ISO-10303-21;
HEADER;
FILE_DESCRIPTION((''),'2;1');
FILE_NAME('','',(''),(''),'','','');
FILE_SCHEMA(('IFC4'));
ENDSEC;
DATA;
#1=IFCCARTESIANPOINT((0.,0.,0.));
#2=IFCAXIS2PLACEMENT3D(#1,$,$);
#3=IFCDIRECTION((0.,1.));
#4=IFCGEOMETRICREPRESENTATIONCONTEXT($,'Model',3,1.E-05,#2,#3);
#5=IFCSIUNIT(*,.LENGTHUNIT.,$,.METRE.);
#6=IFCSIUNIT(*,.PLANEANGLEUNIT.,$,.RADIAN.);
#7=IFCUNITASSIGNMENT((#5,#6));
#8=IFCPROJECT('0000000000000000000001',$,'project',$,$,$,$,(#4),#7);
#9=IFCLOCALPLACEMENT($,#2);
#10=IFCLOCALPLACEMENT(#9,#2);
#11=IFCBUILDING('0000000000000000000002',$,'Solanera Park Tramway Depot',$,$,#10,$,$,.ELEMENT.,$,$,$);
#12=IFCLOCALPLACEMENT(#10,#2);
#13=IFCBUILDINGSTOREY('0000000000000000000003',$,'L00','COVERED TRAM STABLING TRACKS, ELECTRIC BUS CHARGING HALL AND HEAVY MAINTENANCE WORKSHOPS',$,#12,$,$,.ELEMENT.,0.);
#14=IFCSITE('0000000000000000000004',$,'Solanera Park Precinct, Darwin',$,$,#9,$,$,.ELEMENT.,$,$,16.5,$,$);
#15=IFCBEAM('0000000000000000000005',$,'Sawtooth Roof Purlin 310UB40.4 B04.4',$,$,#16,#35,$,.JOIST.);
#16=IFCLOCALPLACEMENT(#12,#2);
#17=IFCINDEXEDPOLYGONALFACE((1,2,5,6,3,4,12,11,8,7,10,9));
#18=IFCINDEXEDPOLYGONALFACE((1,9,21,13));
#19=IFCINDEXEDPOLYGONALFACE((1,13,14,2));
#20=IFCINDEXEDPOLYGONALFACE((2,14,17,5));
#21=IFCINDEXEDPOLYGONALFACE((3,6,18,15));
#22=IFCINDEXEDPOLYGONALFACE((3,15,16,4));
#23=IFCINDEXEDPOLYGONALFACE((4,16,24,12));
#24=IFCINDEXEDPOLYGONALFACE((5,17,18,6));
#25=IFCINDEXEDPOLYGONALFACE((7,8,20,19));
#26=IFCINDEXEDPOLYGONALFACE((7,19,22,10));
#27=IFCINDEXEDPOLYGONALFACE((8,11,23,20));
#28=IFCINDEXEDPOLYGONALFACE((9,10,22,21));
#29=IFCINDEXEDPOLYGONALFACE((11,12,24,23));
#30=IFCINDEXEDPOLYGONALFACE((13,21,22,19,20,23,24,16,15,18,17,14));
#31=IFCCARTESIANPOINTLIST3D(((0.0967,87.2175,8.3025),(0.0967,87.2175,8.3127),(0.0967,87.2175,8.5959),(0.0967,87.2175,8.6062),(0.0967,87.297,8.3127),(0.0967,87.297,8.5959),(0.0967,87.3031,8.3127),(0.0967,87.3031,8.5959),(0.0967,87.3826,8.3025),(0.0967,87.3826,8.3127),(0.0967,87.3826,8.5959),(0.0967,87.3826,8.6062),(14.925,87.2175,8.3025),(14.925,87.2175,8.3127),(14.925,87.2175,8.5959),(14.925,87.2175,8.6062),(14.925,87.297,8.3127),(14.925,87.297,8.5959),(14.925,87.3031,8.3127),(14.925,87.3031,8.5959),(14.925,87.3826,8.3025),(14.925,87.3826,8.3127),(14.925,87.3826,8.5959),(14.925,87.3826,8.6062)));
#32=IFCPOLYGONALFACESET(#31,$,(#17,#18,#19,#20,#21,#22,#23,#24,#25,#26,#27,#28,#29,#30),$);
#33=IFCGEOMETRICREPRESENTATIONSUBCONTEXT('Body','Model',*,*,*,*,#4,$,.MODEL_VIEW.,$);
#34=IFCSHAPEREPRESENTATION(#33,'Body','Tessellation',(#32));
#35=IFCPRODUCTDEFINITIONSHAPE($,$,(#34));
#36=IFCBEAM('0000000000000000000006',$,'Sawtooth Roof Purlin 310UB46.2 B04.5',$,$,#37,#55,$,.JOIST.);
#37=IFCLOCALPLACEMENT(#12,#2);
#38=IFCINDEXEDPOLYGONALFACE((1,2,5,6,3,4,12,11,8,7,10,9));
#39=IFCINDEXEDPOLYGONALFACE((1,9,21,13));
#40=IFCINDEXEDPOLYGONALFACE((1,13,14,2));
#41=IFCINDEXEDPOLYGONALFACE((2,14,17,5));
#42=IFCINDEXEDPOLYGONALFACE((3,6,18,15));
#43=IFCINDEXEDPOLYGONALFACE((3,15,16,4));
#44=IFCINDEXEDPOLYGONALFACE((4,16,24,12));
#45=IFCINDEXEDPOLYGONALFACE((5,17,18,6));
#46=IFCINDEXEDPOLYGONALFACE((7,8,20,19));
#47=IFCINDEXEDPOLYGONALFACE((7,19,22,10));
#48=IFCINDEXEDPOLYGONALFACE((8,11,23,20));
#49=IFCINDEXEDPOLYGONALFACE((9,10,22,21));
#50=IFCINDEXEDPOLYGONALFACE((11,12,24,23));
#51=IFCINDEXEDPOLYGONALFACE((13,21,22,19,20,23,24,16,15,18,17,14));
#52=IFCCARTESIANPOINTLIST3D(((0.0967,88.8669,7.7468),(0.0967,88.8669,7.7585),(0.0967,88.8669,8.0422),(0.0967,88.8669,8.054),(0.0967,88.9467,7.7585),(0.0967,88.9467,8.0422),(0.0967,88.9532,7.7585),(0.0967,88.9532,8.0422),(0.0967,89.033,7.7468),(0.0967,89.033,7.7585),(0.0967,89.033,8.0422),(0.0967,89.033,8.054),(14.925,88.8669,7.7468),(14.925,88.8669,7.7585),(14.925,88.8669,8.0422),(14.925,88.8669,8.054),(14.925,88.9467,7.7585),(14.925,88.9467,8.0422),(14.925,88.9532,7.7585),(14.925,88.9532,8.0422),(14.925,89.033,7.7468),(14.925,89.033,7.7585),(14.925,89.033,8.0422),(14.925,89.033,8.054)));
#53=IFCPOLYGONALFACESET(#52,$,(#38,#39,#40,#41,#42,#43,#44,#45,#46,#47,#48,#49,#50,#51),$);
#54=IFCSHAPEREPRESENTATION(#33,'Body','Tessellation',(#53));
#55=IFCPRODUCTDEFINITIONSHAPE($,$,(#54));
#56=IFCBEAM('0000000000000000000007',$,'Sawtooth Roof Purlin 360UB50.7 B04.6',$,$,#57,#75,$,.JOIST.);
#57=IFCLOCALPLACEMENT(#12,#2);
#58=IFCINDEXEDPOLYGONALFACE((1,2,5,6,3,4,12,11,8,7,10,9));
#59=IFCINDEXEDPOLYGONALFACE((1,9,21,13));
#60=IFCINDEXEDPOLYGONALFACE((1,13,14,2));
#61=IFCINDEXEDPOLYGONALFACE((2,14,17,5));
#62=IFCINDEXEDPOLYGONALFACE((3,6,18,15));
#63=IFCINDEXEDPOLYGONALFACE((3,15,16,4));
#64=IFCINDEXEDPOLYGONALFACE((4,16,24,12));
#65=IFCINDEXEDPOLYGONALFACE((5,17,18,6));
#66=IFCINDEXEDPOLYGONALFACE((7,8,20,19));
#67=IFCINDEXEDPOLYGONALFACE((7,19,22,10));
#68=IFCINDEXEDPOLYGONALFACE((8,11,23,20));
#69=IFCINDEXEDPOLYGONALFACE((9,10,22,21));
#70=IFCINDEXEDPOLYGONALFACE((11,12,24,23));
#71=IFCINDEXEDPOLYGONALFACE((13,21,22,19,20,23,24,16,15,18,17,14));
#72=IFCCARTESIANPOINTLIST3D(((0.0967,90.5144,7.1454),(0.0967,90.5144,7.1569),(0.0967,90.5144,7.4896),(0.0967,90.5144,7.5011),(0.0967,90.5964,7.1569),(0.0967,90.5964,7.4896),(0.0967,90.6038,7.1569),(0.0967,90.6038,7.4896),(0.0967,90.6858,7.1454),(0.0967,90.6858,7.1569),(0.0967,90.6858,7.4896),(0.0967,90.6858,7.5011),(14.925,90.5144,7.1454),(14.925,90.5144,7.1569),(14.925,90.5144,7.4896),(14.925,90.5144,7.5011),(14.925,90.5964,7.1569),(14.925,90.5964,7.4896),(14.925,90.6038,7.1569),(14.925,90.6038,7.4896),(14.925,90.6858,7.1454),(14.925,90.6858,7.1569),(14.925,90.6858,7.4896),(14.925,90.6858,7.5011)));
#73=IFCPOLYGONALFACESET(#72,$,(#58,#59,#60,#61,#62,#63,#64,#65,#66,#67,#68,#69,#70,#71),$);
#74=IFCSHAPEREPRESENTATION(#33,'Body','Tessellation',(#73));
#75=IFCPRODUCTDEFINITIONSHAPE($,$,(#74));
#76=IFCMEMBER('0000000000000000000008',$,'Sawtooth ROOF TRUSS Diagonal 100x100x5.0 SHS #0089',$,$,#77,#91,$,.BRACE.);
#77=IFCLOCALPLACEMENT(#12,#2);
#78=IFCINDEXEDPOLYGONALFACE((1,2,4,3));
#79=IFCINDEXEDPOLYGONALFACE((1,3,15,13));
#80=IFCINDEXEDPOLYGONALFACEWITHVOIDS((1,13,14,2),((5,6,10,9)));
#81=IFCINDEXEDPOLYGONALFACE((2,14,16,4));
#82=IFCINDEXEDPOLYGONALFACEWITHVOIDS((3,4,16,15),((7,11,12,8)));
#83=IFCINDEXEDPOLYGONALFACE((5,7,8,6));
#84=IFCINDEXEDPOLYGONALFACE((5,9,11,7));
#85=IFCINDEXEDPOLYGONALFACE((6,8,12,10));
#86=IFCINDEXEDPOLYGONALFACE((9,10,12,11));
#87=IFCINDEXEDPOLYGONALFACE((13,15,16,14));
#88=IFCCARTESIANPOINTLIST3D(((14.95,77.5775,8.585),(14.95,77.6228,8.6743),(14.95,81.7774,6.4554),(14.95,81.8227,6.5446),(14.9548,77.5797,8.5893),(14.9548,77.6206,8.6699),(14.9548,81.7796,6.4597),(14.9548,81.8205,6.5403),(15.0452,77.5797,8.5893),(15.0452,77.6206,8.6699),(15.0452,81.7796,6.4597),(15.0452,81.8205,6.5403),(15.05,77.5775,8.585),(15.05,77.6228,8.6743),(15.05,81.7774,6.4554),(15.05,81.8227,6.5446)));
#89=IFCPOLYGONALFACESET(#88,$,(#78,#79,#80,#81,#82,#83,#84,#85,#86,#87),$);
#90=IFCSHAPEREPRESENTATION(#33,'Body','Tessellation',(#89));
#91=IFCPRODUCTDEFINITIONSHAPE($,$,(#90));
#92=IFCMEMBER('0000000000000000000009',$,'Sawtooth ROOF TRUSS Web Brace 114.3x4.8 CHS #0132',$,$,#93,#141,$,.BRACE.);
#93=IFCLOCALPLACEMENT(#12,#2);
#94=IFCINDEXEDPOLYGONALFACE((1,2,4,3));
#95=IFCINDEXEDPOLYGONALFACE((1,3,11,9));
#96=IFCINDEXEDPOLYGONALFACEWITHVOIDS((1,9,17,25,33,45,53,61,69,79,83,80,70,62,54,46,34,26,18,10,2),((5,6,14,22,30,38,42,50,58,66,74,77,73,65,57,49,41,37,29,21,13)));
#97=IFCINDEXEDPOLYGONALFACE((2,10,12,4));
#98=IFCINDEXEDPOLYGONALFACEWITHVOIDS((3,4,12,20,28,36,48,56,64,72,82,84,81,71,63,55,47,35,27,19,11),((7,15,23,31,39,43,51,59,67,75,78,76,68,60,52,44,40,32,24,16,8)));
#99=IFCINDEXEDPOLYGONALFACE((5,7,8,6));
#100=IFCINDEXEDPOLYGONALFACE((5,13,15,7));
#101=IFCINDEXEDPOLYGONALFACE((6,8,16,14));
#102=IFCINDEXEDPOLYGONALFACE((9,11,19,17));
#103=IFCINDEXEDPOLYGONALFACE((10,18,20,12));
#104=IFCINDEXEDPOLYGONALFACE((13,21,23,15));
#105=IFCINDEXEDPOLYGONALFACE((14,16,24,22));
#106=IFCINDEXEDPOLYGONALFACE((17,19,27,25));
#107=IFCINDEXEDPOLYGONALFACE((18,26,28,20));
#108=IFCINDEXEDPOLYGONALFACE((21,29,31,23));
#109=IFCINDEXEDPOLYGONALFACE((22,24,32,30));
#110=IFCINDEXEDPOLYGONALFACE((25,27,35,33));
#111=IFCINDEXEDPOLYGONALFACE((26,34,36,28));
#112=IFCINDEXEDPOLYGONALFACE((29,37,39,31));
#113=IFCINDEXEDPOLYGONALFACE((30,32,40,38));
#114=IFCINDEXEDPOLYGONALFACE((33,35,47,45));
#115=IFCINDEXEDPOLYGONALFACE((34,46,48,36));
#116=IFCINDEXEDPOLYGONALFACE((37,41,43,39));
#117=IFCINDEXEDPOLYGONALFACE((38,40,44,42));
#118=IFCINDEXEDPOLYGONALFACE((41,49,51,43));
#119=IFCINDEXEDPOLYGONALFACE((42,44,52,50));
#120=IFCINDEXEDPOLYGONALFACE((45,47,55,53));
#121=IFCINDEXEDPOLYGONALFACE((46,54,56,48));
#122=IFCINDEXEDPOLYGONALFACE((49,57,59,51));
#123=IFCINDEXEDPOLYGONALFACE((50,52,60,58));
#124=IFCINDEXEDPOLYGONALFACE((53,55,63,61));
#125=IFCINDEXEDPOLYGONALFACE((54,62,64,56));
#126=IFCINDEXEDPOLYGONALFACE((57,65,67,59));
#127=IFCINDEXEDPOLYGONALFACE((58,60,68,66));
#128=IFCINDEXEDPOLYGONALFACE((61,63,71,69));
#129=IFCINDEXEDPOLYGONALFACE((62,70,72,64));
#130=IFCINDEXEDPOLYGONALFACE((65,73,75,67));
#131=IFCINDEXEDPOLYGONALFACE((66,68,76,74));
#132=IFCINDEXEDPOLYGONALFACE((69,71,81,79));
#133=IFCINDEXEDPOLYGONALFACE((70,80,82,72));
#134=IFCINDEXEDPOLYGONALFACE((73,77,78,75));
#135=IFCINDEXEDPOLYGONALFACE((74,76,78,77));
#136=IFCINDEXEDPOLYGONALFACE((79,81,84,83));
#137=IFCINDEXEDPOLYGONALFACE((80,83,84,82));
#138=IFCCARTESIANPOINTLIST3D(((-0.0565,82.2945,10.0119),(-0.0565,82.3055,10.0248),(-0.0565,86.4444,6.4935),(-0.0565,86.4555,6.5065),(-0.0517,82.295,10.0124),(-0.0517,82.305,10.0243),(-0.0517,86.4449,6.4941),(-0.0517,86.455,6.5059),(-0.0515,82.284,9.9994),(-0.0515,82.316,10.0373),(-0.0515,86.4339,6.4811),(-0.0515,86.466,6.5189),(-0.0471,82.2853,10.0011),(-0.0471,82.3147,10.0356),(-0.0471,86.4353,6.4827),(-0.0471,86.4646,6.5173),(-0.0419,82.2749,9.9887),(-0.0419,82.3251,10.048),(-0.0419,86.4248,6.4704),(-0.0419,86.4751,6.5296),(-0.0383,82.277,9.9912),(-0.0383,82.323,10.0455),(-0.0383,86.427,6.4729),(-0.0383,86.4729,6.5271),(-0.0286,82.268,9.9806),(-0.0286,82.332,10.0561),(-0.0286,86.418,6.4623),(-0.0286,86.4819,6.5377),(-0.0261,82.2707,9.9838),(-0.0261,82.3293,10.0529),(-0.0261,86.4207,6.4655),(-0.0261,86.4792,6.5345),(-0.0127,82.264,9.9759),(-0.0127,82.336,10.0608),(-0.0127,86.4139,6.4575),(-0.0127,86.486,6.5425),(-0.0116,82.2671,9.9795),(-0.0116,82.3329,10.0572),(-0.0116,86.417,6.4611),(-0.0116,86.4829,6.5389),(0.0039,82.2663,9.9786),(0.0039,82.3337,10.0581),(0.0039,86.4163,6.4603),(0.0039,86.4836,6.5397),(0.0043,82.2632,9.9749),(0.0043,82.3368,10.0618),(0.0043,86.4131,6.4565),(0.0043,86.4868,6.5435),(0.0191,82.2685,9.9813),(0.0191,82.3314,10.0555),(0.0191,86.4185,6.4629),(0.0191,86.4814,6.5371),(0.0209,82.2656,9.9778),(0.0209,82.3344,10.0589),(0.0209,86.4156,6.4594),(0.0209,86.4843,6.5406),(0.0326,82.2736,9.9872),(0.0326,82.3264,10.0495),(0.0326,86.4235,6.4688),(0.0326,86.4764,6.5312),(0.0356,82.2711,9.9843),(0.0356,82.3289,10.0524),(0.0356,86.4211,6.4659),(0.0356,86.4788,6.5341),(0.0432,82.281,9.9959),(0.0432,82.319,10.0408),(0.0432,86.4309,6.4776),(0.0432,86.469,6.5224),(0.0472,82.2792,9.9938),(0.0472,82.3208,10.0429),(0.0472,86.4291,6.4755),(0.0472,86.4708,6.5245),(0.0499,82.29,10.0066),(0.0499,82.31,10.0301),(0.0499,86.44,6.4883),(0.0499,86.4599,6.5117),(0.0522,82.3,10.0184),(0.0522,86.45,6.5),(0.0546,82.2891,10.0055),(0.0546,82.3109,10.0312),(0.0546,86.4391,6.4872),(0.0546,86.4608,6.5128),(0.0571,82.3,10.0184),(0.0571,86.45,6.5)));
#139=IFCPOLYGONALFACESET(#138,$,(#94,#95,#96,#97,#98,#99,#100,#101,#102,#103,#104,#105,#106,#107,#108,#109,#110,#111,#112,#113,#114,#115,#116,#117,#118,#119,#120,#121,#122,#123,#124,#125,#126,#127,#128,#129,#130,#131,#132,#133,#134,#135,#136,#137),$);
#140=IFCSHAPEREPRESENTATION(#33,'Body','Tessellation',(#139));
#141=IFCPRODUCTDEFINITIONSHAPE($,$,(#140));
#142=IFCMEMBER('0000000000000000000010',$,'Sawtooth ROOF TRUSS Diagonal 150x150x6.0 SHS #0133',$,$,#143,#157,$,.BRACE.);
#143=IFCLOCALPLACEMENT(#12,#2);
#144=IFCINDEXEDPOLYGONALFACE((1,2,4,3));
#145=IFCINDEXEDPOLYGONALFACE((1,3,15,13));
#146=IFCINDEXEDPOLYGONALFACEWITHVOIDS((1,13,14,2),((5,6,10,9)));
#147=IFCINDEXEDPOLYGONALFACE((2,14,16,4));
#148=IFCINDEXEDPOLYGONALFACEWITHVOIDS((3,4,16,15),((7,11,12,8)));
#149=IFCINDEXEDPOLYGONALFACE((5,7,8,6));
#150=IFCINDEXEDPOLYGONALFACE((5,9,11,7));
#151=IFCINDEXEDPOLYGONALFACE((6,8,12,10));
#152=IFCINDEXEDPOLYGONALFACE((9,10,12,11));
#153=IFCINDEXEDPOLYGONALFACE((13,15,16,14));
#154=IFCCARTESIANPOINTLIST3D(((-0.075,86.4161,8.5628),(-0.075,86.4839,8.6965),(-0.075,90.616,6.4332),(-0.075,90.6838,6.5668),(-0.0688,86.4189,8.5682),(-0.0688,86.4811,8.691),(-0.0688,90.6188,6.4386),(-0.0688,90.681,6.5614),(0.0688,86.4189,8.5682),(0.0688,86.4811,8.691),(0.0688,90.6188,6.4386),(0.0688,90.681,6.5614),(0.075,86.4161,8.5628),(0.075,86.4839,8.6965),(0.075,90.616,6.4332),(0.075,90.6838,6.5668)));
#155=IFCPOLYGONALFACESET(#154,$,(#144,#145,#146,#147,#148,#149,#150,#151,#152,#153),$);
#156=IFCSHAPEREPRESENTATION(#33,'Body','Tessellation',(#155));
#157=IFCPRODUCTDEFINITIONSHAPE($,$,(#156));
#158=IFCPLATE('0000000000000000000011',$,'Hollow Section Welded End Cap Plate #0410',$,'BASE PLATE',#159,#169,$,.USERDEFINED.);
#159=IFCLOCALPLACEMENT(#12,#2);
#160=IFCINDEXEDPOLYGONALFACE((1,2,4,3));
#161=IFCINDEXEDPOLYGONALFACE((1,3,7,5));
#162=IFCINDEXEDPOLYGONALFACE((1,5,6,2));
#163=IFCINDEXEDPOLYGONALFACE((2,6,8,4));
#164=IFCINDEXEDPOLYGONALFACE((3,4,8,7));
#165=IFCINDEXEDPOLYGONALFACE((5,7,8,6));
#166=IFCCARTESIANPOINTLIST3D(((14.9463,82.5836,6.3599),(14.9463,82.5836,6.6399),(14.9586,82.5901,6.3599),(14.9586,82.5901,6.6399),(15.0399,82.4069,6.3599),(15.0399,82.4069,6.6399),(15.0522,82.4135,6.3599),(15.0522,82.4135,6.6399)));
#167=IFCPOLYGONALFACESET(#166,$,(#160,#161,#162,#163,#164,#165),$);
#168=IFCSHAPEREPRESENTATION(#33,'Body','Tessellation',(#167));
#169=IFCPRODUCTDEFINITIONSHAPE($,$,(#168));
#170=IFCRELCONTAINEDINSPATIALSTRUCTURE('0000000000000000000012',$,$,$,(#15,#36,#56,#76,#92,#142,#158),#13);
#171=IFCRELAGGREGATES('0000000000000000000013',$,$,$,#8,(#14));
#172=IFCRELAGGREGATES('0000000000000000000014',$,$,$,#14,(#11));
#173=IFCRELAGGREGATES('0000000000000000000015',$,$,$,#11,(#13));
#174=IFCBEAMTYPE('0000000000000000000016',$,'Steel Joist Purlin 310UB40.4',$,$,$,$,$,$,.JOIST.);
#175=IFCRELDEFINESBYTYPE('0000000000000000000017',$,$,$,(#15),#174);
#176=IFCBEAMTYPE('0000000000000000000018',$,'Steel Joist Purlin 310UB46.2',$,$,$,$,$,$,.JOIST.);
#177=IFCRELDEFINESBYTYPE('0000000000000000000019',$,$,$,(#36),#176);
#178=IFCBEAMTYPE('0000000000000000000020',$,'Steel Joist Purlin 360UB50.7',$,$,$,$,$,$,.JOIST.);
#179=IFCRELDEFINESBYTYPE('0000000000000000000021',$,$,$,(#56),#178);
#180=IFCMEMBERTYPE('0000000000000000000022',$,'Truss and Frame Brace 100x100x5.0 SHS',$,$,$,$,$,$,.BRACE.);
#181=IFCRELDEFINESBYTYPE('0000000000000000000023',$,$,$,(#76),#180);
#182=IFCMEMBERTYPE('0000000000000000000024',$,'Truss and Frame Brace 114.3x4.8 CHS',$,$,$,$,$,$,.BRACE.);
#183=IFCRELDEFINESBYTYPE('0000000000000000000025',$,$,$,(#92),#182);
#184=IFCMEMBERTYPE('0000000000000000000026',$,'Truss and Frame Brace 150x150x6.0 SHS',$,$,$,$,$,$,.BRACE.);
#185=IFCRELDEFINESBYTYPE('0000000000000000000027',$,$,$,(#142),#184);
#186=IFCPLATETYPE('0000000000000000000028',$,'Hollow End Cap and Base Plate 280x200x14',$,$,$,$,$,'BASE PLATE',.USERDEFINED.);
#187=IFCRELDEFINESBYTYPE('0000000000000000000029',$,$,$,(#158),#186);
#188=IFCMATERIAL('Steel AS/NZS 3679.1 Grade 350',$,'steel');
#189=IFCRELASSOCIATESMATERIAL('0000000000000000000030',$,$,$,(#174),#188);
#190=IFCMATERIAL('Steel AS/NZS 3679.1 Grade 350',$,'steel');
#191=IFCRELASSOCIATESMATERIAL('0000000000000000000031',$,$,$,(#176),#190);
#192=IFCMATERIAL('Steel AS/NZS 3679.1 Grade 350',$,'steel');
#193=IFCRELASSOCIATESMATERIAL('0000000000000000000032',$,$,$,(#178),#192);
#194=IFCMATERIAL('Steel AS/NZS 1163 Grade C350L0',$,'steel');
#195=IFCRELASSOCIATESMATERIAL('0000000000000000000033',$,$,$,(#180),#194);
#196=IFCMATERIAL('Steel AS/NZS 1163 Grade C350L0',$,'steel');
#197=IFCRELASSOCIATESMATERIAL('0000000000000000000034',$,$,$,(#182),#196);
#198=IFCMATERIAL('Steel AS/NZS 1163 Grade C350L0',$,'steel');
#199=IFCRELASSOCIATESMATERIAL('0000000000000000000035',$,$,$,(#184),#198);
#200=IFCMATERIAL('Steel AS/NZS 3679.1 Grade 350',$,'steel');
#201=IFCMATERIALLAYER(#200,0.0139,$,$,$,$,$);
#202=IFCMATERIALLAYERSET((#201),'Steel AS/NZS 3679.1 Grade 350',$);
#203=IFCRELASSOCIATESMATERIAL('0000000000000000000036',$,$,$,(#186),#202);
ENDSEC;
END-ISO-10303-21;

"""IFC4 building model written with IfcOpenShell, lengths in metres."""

from ifc_helpers import new_model, si_unit, direction, frame, origin, origin_2d, place, context, subcontext, project, spatial, rectangle, hollow_rectangle, hollow_circle, i_section, extrude, material, layer, layer_set, material_profile, profile_set, type_object, element, save


model = new_model("IFC4")

# Units and contexts
model_context = context("Model", 3, precision=1e-05, world=origin(), true_north=direction((0.0, 1.0)))
body_context = subcontext(model_context, "Body", "Model", "MODEL_VIEW")
ifc_project = project(units=[si_unit("LENGTHUNIT", "METRE"), si_unit("PLANEANGLEUNIT", "RADIAN")], contexts=[model_context])

# Site, building, storey
site_placement = place(None, origin())
site = spatial("IfcSite", under=ifc_project, at=site_placement, Name="Solanera Park Precinct, Darwin", CompositionType="ELEMENT", RefElevation=16.5)
building_placement = place(site_placement, origin())
building = spatial("IfcBuilding", under=site, at=building_placement, Name="Solanera Park Tramway Depot", CompositionType="ELEMENT")
storey_placement = place(building_placement, origin())
storey = spatial("IfcBuildingStorey", under=building, at=storey_placement, Name="L00", Description="COVERED TRAM STABLING TRACKS, ELECTRIC BUS CHARGING HALL AND HEAVY MAINTENANCE WORKSHOPS", CompositionType="ELEMENT", Elevation=0.0)

# Beams
ifc_material_1 = material(Name="Steel AS/NZS 3679.1 Grade 350", Category="steel")
ifc_material_profile_1 = material_profile(ifc_material_1, i_section(OverallWidth=0.165, OverallDepth=0.3037, WebThickness=0.0061, FlangeThickness=0.0103, at=origin_2d()), Name="310UB40.4")
ifc_profile_set_1 = profile_set([ifc_material_profile_1], Name="Steel AS/NZS 3679.1 Grade 350")
beam_type_1 = type_object("IfcBeamType", Name="Steel Joist Purlin 310UB40.4", PredefinedType="JOIST", material=ifc_profile_set_1)
beam_1_placement = place(storey_placement, frame((0.0967, 87.3, 8.4543), z_axis=(1.0, 0.0, 0.0), x_axis=(0.0, 1.0, 0.0)))
element("IfcBeam", 1, at=beam_1_placement, inside=storey, type_object=beam_type_1, Name="Sawtooth Roof Purlin 310UB40.4 B04.4", PredefinedType="JOIST", context=body_context, shape_type="SweptSolid", body=[
    extrude(i_section(OverallWidth=0.165, OverallDepth=0.3037, WebThickness=0.0061, FlangeThickness=0.0103, at=origin_2d()), origin(), (0.0, 0.0, 1.0), 14.8284),
])
ifc_material_2 = material(Name="Steel AS/NZS 3679.1 Grade 350", Category="steel")
ifc_material_profile_2 = material_profile(ifc_material_2, i_section(OverallWidth=0.166, OverallDepth=0.3071, WebThickness=0.0066, FlangeThickness=0.0117, at=origin_2d()), Name="310UB46.2")
ifc_profile_set_2 = profile_set([ifc_material_profile_2], Name="Steel AS/NZS 3679.1 Grade 350")
beam_type_2 = type_object("IfcBeamType", Name="Steel Joist Purlin 310UB46.2", PredefinedType="JOIST", material=ifc_profile_set_2)
beam_2_placement = place(storey_placement, frame((0.0967, 88.95, 7.9004), z_axis=(1.0, 0.0, 0.0), x_axis=(0.0, 1.0, 0.0)))
element("IfcBeam", 2, at=beam_2_placement, inside=storey, type_object=beam_type_2, Name="Sawtooth Roof Purlin 310UB46.2 B04.5", PredefinedType="JOIST", context=body_context, shape_type="SweptSolid", body=[
    extrude(i_section(OverallWidth=0.166, OverallDepth=0.3071, WebThickness=0.0066, FlangeThickness=0.0117, at=origin_2d()), origin(), (0.0, 0.0, 1.0), 14.8284),
])
ifc_material_3 = material(Name="Steel AS/NZS 3679.1 Grade 350", Category="steel")
ifc_material_profile_3 = material_profile(ifc_material_3, i_section(OverallWidth=0.1714, OverallDepth=0.3557, WebThickness=0.0073, FlangeThickness=0.0115, at=origin_2d()), Name="360UB50.7")
ifc_profile_set_3 = profile_set([ifc_material_profile_3], Name="Steel AS/NZS 3679.1 Grade 350")
beam_type_3 = type_object("IfcBeamType", Name="Steel Joist Purlin 360UB50.7", PredefinedType="JOIST", material=ifc_profile_set_3)
beam_3_placement = place(storey_placement, frame((0.0967, 90.6001, 7.3232), z_axis=(1.0, 0.0, 0.0), x_axis=(0.0, 1.0, 0.0)))
element("IfcBeam", 3, at=beam_3_placement, inside=storey, type_object=beam_type_3, Name="Sawtooth Roof Purlin 360UB50.7 B04.6", PredefinedType="JOIST", context=body_context, shape_type="SweptSolid", body=[
    extrude(i_section(OverallWidth=0.1714, OverallDepth=0.3557, WebThickness=0.0073, FlangeThickness=0.0115, at=origin_2d()), origin(), (0.0, 0.0, 1.0), 14.8284),
])

# Members
ifc_material_4 = material(Name="Steel AS/NZS 1163 Grade C350L0", Category="steel")
ifc_material_profile_4 = material_profile(ifc_material_4, hollow_rectangle(XDim=0.1001, YDim=0.1001, WallThickness=0.0049, at=origin_2d()), Name="100x100x5.0 SHS")
ifc_profile_set_4 = profile_set([ifc_material_profile_4], Name="Steel AS/NZS 1163 Grade C350L0")
member_type_1 = type_object("IfcMemberType", Name="Truss and Frame Brace 100x100x5.0 SHS", PredefinedType="BRACE", material=ifc_profile_set_4)
member_1_placement = place(storey_placement, frame((15.0, 81.8, 6.5), z_axis=(0.0, -0.891893, 0.452246), x_axis=(1.0, 0.0, 0.0)))
element("IfcMember", 4, at=member_1_placement, inside=storey, type_object=member_type_1, Name="Sawtooth ROOF TRUSS Diagonal 100x100x5.0 SHS #0089", PredefinedType="BRACE", context=body_context, shape_type="SweptSolid", body=[
    extrude(hollow_rectangle(XDim=0.1001, YDim=0.1001, WallThickness=0.0049, at=origin_2d()), origin(), (0.0, 0.0, 1.0), 4.709),
])
ifc_material_5 = material(Name="Steel AS/NZS 1163 Grade C350L0", Category="steel")
ifc_material_profile_5 = material_profile(ifc_material_5, hollow_circle(Radius=0.0571, WallThickness=0.0049, at=origin_2d()), Name="114.3x4.8 CHS")
ifc_profile_set_5 = profile_set([ifc_material_profile_5], Name="Steel AS/NZS 1163 Grade C350L0")
member_type_2 = type_object("IfcMemberType", Name="Truss and Frame Brace 114.3x4.8 CHS", PredefinedType="BRACE", material=ifc_profile_set_5)
member_2_placement = place(storey_placement, frame((0.0, 86.45, 6.5), z_axis=(0.0, -0.762765, 0.646676), x_axis=(1.0, 0.0, 0.0)))
element("IfcMember", 5, at=member_2_placement, inside=storey, type_object=member_type_2, Name="Sawtooth ROOF TRUSS Web Brace 114.3x4.8 CHS #0132", PredefinedType="BRACE", context=body_context, shape_type="SweptSolid", body=[
    extrude(hollow_circle(Radius=0.0571, WallThickness=0.0049, at=origin_2d()), origin(), (0.0, 0.0, 1.0), 5.4407),
])
ifc_material_6 = material(Name="Steel AS/NZS 1163 Grade C350L0", Category="steel")
ifc_material_profile_6 = material_profile(ifc_material_6, hollow_rectangle(XDim=0.1499, YDim=0.1499, WallThickness=0.0061, at=origin_2d()), Name="150x150x6.0 SHS")
ifc_profile_set_6 = profile_set([ifc_material_profile_6], Name="Steel AS/NZS 1163 Grade C350L0")
member_type_3 = type_object("IfcMemberType", Name="Truss and Frame Brace 150x150x6.0 SHS", PredefinedType="BRACE", material=ifc_profile_set_6)
member_3_placement = place(storey_placement, frame((0.0, 90.6499, 6.5), z_axis=(0.0, -0.891893, 0.452246), x_axis=(1.0, 0.0, 0.0)))
element("IfcMember", 6, at=member_3_placement, inside=storey, type_object=member_type_3, Name="Sawtooth ROOF TRUSS Diagonal 150x150x6.0 SHS #0133", PredefinedType="BRACE", context=body_context, shape_type="SweptSolid", body=[
    extrude(hollow_rectangle(XDim=0.1499, YDim=0.1499, WallThickness=0.0061, at=origin_2d()), origin(), (0.0, 0.0, 1.0), 4.709),
])

# Plate
ifc_material_7 = material(Name="Steel AS/NZS 3679.1 Grade 350", Category="steel")
ifc_layer_1 = layer(ifc_material_7, 0.0139)
ifc_layer_set_1 = layer_set([ifc_layer_1], Name="Steel AS/NZS 3679.1 Grade 350")
plate_type_1 = type_object("IfcPlateType", Name="Hollow End Cap and Base Plate 280x200x14", ElementType="BASE PLATE", PredefinedType="USERDEFINED", material=ifc_layer_set_1)
plate_1_placement = place(storey_placement, frame((14.9993, 82.4985, 6.3599), z_axis=(0.0, 0.0, 1.0), x_axis=(0.883521, 0.468392, 0.0)))
element("IfcPlate", 7, at=plate_1_placement, inside=storey, type_object=plate_type_1, Name="Hollow Section Welded End Cap Plate #0410", ObjectType="BASE PLATE", PredefinedType="USERDEFINED", context=body_context, shape_type="SweptSolid", body=[
    extrude(rectangle(XDim=0.0139, YDim=0.2, at=origin_2d()), origin(), (0.0, 0.0, 1.0), 0.28),
])

save(model, "model.ifc")
